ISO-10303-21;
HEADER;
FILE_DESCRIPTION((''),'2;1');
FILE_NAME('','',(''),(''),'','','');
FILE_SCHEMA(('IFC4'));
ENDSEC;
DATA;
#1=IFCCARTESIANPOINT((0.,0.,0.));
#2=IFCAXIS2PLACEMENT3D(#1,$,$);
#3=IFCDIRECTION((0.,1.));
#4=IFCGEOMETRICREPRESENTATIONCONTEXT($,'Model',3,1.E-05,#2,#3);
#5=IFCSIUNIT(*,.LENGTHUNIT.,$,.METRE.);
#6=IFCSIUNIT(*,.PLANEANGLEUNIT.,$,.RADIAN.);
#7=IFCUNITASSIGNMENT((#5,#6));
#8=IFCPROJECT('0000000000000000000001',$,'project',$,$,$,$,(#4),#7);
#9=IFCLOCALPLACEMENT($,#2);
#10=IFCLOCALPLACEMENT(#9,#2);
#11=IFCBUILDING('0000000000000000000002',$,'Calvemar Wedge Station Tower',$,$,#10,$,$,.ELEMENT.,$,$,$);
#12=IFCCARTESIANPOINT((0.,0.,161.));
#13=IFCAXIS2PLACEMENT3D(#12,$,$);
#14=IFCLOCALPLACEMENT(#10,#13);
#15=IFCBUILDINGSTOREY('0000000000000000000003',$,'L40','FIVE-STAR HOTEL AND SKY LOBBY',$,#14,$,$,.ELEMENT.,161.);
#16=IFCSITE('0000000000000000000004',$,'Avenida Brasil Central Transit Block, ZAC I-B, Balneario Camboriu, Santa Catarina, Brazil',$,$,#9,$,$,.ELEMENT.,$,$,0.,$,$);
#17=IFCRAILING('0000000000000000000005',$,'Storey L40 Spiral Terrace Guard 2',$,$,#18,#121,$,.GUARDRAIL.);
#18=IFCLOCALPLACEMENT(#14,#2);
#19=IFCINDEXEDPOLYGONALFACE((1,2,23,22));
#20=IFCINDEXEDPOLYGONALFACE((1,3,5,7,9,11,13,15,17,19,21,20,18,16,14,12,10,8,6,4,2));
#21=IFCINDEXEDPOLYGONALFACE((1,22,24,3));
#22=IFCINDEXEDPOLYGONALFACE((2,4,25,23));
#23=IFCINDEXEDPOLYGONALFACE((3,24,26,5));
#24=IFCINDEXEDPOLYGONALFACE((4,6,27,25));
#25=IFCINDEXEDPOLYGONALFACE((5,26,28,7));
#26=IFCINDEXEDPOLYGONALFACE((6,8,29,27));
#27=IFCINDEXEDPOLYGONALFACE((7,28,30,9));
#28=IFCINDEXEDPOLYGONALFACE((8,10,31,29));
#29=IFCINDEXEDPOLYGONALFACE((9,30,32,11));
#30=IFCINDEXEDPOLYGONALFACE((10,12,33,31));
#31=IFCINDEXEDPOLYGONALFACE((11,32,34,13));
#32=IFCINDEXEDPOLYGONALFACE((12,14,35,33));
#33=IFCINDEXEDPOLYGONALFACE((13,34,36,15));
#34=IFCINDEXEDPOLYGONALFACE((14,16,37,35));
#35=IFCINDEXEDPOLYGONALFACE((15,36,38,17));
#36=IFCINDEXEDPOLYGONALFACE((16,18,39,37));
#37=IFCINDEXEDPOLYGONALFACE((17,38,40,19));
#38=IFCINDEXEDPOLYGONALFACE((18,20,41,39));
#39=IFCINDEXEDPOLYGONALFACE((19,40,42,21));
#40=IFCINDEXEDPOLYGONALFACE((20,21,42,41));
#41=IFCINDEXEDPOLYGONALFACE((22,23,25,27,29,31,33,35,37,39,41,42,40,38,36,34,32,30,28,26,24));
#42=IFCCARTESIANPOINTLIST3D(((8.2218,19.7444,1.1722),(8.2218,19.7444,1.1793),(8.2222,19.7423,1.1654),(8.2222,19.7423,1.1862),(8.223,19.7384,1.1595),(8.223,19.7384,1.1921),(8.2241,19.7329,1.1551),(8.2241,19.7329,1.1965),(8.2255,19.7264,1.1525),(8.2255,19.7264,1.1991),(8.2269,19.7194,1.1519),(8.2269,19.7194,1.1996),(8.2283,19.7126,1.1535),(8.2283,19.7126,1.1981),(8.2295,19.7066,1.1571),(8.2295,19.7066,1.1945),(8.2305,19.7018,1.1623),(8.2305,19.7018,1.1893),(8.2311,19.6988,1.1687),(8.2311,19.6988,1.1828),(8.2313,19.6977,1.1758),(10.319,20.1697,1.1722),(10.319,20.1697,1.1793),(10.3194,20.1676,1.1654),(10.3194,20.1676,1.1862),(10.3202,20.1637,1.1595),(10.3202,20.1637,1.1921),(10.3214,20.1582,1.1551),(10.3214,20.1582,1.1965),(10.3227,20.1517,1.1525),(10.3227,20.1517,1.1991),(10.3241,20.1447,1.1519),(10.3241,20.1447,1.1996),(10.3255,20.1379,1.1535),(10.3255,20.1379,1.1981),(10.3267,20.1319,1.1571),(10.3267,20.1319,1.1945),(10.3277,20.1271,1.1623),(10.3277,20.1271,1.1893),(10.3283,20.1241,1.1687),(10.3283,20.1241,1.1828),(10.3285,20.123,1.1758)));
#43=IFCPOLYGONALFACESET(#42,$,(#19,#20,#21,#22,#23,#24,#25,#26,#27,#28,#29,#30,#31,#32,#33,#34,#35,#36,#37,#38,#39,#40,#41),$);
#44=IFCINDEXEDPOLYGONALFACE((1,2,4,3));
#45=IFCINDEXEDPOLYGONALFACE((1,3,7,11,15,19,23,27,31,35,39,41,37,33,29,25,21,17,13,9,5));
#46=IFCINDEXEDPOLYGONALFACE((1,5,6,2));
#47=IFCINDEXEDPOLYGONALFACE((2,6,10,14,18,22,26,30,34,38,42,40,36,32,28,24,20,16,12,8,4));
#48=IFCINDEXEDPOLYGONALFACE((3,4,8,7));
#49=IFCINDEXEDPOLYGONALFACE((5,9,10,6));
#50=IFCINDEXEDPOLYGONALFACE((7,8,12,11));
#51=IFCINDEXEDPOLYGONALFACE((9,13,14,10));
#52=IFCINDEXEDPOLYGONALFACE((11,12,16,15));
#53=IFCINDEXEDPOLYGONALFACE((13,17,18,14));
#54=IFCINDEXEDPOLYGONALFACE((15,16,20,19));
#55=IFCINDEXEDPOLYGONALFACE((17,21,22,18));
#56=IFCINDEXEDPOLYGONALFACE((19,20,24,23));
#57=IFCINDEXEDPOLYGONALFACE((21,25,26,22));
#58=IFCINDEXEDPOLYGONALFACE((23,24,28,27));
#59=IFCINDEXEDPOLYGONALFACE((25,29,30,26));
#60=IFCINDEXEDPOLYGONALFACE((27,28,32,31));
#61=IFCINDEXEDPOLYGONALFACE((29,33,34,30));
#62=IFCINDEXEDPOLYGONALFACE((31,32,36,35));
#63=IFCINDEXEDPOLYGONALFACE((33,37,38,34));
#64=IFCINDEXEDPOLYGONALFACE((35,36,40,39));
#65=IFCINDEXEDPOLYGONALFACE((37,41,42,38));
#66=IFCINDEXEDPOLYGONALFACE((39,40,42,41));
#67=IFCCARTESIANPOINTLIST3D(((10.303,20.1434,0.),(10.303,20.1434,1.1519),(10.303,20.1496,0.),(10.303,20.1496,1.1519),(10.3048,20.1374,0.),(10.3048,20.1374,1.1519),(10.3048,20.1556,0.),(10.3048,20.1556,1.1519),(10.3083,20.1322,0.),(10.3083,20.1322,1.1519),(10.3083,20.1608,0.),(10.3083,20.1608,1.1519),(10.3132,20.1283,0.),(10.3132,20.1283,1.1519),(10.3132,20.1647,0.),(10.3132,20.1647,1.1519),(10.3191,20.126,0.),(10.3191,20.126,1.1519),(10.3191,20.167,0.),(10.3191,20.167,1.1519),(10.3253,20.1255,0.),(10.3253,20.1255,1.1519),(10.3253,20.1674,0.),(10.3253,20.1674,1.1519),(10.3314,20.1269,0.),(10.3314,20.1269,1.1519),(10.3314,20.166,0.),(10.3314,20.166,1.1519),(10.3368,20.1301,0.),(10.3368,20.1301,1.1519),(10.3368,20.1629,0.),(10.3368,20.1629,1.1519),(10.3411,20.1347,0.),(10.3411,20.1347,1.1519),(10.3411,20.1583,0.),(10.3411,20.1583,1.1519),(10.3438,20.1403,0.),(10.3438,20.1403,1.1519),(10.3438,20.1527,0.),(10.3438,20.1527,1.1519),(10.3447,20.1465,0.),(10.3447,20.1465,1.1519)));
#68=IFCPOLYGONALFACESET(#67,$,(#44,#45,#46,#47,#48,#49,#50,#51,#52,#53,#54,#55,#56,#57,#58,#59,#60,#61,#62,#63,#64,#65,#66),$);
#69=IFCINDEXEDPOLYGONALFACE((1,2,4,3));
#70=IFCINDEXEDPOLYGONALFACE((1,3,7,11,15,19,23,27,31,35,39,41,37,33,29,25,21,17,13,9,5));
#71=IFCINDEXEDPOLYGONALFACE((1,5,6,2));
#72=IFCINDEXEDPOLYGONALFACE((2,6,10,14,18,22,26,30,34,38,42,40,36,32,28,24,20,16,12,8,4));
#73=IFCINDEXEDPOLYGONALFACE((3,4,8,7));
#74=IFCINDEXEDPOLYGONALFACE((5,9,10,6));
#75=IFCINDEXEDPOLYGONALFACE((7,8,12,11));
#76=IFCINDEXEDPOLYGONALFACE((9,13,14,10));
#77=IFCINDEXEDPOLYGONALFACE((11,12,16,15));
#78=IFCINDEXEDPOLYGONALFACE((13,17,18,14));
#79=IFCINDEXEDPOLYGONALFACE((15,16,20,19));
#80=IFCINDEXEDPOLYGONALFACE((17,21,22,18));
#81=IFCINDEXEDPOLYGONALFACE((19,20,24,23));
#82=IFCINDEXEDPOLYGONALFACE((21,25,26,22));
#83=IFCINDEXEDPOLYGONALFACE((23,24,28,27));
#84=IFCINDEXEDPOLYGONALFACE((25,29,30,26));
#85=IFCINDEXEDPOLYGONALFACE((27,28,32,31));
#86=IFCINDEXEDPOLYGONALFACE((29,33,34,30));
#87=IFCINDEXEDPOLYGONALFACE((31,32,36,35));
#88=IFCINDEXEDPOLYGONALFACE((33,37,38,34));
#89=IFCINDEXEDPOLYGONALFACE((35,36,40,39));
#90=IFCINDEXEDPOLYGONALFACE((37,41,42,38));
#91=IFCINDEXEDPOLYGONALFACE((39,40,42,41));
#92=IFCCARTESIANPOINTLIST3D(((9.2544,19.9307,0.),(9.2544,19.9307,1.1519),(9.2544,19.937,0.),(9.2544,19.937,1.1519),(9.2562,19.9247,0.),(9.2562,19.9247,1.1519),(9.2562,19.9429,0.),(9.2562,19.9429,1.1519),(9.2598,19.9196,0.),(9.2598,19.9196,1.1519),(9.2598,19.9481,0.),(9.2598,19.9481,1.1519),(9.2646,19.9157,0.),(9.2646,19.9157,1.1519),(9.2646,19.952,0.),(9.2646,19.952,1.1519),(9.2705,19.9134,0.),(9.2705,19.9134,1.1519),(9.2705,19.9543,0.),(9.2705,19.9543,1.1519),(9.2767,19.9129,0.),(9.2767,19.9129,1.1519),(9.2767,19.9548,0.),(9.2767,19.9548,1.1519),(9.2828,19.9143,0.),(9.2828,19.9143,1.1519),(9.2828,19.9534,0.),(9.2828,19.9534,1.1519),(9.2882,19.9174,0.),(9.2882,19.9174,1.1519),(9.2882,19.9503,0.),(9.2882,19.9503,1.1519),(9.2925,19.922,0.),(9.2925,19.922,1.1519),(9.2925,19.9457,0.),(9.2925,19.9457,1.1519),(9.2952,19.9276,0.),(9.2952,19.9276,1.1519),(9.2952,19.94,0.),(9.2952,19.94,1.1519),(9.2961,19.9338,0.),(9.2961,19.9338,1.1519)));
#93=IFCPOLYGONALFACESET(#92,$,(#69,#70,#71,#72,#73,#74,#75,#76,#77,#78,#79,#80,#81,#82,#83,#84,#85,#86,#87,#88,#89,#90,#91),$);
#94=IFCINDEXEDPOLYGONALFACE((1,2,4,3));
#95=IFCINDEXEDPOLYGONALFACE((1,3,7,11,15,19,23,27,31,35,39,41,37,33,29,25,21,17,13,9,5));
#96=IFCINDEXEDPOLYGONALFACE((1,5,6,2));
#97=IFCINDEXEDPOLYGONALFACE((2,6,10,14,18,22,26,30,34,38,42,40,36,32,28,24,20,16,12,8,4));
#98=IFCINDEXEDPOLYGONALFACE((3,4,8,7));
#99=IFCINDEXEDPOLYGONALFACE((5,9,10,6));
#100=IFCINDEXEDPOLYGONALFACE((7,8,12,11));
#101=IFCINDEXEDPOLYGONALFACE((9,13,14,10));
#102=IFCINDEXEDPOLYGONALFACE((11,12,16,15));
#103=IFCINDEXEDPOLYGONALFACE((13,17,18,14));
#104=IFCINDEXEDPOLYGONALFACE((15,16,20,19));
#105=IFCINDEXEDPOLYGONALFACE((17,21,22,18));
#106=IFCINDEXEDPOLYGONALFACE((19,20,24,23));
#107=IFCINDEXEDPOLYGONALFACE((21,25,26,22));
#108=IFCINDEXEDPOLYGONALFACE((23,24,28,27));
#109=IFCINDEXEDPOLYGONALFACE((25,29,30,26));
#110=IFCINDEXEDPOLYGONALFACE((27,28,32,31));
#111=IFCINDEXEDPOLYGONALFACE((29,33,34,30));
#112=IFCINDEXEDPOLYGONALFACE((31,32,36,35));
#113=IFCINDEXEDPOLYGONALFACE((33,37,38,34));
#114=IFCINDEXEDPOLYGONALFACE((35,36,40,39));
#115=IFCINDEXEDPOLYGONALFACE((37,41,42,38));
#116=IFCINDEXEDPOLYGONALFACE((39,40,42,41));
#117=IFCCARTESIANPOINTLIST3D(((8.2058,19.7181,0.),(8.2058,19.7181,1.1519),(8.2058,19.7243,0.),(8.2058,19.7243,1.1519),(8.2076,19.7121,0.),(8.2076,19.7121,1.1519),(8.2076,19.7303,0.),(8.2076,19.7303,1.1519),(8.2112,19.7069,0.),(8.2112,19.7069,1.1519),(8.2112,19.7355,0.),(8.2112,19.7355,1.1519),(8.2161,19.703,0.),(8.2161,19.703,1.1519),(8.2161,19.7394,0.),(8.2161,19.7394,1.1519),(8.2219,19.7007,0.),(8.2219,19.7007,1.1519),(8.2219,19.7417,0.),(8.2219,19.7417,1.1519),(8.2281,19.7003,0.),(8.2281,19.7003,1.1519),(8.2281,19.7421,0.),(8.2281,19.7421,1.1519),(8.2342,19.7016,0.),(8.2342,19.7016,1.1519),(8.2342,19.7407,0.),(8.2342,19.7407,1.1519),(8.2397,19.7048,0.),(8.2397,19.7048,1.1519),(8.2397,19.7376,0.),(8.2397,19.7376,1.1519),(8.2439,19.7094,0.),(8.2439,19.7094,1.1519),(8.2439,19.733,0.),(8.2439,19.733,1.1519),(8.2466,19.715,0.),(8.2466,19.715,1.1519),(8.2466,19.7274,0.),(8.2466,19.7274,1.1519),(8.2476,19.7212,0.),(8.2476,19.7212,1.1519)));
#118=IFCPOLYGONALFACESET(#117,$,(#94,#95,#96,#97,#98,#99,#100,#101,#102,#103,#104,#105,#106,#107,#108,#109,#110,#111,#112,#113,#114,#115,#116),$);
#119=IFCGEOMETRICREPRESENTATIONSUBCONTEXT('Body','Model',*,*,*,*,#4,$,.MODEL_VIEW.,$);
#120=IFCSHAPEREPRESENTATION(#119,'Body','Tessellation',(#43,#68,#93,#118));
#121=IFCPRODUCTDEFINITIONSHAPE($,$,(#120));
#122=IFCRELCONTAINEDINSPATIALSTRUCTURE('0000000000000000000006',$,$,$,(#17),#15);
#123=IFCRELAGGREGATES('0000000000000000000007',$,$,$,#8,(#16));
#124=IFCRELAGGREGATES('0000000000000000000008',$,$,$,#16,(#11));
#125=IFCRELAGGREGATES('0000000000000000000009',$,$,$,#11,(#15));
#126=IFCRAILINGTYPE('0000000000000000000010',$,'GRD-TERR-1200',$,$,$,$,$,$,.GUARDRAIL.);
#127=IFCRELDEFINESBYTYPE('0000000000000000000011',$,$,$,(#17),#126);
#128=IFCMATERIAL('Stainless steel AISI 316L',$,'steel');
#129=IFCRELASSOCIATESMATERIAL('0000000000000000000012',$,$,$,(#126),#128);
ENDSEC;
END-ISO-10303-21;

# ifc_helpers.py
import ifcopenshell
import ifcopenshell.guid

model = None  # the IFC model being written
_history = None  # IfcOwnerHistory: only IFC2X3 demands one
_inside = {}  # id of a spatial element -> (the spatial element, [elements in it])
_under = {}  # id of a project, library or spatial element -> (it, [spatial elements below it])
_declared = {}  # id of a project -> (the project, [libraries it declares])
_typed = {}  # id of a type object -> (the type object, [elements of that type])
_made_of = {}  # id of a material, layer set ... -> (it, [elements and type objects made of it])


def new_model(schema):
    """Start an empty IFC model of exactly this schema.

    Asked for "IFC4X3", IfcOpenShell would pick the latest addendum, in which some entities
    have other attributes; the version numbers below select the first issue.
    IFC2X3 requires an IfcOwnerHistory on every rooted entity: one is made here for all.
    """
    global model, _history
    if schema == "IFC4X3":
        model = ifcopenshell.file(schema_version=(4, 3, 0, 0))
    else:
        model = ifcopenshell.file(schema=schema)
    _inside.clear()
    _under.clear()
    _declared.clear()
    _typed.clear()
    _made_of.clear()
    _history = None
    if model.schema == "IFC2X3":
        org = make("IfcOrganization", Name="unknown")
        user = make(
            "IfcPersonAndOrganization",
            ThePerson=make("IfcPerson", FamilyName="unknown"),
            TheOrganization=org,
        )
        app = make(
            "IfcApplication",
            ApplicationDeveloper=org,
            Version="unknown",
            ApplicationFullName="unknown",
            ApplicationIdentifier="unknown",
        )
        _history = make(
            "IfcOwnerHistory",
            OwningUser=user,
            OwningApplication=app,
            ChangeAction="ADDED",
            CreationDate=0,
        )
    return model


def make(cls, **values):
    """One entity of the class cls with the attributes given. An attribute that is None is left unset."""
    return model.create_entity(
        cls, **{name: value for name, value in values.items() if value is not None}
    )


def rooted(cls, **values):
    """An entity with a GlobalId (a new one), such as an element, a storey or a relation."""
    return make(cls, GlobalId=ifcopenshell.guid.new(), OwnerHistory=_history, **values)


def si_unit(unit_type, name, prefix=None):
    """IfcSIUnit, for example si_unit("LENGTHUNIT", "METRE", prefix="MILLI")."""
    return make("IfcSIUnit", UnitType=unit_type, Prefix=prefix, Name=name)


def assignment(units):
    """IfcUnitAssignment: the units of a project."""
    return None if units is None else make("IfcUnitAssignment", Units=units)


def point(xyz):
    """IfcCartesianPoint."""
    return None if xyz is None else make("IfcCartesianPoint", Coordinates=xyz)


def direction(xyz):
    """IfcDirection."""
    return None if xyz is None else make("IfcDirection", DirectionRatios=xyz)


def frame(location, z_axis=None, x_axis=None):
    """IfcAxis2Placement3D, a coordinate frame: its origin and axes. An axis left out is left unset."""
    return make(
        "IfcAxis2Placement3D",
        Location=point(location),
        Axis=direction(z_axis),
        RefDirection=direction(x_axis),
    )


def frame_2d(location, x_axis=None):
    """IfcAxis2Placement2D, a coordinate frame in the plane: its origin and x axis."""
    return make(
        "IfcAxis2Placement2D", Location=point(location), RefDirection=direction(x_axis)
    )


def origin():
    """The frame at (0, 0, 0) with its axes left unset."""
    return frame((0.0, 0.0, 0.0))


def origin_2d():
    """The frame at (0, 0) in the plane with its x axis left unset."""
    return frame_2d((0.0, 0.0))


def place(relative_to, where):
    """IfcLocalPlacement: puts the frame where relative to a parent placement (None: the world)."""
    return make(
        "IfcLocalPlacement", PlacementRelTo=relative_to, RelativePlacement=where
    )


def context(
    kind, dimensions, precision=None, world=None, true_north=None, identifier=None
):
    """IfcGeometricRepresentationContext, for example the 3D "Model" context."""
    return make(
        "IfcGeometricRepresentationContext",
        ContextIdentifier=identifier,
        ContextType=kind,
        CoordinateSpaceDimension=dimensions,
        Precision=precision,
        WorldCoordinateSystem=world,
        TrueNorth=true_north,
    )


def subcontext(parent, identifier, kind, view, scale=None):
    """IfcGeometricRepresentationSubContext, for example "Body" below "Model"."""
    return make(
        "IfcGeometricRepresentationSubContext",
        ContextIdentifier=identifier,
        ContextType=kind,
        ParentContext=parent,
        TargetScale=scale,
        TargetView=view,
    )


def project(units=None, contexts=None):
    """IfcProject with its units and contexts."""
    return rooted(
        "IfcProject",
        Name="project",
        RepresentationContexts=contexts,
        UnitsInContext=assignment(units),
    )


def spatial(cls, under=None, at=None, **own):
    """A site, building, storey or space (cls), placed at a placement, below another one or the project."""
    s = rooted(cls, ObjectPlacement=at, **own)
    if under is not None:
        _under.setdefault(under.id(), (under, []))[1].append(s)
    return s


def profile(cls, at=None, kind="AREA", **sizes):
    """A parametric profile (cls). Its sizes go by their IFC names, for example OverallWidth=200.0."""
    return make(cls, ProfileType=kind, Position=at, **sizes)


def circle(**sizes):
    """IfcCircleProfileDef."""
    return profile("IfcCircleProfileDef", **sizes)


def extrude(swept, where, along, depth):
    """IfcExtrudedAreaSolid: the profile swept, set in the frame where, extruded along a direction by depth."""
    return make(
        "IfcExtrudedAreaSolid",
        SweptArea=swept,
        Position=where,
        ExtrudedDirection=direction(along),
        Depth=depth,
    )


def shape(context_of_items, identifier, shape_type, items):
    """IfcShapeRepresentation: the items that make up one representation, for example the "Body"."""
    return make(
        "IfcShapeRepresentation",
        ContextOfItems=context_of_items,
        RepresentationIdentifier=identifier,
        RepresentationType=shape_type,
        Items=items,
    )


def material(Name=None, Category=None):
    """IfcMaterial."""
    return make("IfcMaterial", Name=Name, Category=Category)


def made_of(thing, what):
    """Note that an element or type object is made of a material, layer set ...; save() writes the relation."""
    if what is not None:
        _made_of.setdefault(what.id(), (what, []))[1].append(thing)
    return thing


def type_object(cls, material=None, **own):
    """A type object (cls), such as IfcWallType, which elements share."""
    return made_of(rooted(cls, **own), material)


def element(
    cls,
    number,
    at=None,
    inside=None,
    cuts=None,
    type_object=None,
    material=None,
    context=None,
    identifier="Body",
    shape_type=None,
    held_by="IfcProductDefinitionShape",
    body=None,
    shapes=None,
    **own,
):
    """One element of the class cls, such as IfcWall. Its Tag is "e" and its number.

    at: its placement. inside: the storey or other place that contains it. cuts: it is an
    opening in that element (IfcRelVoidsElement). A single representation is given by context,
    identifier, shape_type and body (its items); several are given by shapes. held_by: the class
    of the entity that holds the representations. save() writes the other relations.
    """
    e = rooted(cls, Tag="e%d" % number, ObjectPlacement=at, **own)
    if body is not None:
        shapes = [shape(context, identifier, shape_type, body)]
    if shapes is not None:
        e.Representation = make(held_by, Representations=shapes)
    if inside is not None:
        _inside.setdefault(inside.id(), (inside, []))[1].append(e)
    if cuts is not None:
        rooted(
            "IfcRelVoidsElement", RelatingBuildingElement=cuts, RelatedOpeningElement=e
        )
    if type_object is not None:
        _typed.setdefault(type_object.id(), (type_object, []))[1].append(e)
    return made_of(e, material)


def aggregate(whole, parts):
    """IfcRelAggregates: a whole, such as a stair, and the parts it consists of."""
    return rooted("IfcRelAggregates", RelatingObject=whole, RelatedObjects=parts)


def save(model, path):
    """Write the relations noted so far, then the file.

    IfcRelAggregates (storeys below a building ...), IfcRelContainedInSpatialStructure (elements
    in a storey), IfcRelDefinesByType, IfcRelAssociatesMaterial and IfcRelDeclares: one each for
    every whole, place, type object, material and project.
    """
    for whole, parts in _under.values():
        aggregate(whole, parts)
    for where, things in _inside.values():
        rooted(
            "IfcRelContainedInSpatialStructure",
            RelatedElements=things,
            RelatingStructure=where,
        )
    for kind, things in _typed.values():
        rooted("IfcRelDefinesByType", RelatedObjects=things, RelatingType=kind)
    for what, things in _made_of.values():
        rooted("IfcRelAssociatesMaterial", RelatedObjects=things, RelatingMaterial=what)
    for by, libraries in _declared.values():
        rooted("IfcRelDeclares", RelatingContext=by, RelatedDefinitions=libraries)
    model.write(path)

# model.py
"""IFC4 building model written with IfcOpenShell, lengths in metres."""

from ifc_helpers import new_model, si_unit, direction, frame, origin, origin_2d, place, context, subcontext, project, spatial, circle, extrude, material, type_object, element, save


model = new_model("IFC4")

# Units and contexts
model_context = context("Model", 3, precision=1e-05, world=origin(), true_north=direction((0.0, 1.0)))
body_context = subcontext(model_context, "Body", "Model", "MODEL_VIEW")
ifc_project = project(units=[si_unit("LENGTHUNIT", "METRE"), si_unit("PLANEANGLEUNIT", "RADIAN")], contexts=[model_context])

# Site, building, storey
site_placement = place(None, origin())
site = spatial("IfcSite", under=ifc_project, at=site_placement, Name="Avenida Brasil Central Transit Block, ZAC I-B, Balneario Camboriu, Santa Catarina, Brazil", CompositionType="ELEMENT", RefElevation=0.0)
building_placement = place(site_placement, origin())
building = spatial("IfcBuilding", under=site, at=building_placement, Name="Calvemar Wedge Station Tower", CompositionType="ELEMENT")
storey_placement = place(building_placement, frame((0.0, 0.0, 161.0)))
storey = spatial("IfcBuildingStorey", under=building, at=storey_placement, Name="L40", Description="FIVE-STAR HOTEL AND SKY LOBBY", CompositionType="ELEMENT", Elevation=161.0)

# Railing
ifc_material_1 = material(Name="Stainless steel AISI 316L", Category="steel")
railing_type = type_object("IfcRailingType", Name="GRD-TERR-1200", PredefinedType="GUARDRAIL", material=ifc_material_1)
railing_1_placement = place(storey_placement, frame((10.3237, 20.1465, 0.0)))
element("IfcRailing", 1, at=railing_1_placement, inside=storey, type_object=railing_type, Name="Storey L40 Spiral Terrace Guard 2", PredefinedType="GUARDRAIL", context=body_context, shape_type="SweptSolid", body=[
    extrude(circle(Radius=0.0239, at=origin_2d()), frame((0.0, 0.0, 1.1758), z_axis=(-0.980051, -0.198748, 0.0), x_axis=(0.198748, -0.980051, 0.0)), (0.0, 0.0, 1.0), 2.1399),
    extrude(circle(Radius=0.021, at=origin_2d()), origin(), (0.0, 0.0, 1.0), 1.1519),
    extrude(circle(Radius=0.021, at=origin_2d()), frame((-1.0486, -0.2126, 0.0)), (0.0, 0.0, 1.0), 1.1519),
    extrude(circle(Radius=0.021, at=origin_2d()), frame((-2.0972, -0.4253, 0.0)), (0.0, 0.0, 1.0), 1.1519),
])

save(model, "model.ifc")
